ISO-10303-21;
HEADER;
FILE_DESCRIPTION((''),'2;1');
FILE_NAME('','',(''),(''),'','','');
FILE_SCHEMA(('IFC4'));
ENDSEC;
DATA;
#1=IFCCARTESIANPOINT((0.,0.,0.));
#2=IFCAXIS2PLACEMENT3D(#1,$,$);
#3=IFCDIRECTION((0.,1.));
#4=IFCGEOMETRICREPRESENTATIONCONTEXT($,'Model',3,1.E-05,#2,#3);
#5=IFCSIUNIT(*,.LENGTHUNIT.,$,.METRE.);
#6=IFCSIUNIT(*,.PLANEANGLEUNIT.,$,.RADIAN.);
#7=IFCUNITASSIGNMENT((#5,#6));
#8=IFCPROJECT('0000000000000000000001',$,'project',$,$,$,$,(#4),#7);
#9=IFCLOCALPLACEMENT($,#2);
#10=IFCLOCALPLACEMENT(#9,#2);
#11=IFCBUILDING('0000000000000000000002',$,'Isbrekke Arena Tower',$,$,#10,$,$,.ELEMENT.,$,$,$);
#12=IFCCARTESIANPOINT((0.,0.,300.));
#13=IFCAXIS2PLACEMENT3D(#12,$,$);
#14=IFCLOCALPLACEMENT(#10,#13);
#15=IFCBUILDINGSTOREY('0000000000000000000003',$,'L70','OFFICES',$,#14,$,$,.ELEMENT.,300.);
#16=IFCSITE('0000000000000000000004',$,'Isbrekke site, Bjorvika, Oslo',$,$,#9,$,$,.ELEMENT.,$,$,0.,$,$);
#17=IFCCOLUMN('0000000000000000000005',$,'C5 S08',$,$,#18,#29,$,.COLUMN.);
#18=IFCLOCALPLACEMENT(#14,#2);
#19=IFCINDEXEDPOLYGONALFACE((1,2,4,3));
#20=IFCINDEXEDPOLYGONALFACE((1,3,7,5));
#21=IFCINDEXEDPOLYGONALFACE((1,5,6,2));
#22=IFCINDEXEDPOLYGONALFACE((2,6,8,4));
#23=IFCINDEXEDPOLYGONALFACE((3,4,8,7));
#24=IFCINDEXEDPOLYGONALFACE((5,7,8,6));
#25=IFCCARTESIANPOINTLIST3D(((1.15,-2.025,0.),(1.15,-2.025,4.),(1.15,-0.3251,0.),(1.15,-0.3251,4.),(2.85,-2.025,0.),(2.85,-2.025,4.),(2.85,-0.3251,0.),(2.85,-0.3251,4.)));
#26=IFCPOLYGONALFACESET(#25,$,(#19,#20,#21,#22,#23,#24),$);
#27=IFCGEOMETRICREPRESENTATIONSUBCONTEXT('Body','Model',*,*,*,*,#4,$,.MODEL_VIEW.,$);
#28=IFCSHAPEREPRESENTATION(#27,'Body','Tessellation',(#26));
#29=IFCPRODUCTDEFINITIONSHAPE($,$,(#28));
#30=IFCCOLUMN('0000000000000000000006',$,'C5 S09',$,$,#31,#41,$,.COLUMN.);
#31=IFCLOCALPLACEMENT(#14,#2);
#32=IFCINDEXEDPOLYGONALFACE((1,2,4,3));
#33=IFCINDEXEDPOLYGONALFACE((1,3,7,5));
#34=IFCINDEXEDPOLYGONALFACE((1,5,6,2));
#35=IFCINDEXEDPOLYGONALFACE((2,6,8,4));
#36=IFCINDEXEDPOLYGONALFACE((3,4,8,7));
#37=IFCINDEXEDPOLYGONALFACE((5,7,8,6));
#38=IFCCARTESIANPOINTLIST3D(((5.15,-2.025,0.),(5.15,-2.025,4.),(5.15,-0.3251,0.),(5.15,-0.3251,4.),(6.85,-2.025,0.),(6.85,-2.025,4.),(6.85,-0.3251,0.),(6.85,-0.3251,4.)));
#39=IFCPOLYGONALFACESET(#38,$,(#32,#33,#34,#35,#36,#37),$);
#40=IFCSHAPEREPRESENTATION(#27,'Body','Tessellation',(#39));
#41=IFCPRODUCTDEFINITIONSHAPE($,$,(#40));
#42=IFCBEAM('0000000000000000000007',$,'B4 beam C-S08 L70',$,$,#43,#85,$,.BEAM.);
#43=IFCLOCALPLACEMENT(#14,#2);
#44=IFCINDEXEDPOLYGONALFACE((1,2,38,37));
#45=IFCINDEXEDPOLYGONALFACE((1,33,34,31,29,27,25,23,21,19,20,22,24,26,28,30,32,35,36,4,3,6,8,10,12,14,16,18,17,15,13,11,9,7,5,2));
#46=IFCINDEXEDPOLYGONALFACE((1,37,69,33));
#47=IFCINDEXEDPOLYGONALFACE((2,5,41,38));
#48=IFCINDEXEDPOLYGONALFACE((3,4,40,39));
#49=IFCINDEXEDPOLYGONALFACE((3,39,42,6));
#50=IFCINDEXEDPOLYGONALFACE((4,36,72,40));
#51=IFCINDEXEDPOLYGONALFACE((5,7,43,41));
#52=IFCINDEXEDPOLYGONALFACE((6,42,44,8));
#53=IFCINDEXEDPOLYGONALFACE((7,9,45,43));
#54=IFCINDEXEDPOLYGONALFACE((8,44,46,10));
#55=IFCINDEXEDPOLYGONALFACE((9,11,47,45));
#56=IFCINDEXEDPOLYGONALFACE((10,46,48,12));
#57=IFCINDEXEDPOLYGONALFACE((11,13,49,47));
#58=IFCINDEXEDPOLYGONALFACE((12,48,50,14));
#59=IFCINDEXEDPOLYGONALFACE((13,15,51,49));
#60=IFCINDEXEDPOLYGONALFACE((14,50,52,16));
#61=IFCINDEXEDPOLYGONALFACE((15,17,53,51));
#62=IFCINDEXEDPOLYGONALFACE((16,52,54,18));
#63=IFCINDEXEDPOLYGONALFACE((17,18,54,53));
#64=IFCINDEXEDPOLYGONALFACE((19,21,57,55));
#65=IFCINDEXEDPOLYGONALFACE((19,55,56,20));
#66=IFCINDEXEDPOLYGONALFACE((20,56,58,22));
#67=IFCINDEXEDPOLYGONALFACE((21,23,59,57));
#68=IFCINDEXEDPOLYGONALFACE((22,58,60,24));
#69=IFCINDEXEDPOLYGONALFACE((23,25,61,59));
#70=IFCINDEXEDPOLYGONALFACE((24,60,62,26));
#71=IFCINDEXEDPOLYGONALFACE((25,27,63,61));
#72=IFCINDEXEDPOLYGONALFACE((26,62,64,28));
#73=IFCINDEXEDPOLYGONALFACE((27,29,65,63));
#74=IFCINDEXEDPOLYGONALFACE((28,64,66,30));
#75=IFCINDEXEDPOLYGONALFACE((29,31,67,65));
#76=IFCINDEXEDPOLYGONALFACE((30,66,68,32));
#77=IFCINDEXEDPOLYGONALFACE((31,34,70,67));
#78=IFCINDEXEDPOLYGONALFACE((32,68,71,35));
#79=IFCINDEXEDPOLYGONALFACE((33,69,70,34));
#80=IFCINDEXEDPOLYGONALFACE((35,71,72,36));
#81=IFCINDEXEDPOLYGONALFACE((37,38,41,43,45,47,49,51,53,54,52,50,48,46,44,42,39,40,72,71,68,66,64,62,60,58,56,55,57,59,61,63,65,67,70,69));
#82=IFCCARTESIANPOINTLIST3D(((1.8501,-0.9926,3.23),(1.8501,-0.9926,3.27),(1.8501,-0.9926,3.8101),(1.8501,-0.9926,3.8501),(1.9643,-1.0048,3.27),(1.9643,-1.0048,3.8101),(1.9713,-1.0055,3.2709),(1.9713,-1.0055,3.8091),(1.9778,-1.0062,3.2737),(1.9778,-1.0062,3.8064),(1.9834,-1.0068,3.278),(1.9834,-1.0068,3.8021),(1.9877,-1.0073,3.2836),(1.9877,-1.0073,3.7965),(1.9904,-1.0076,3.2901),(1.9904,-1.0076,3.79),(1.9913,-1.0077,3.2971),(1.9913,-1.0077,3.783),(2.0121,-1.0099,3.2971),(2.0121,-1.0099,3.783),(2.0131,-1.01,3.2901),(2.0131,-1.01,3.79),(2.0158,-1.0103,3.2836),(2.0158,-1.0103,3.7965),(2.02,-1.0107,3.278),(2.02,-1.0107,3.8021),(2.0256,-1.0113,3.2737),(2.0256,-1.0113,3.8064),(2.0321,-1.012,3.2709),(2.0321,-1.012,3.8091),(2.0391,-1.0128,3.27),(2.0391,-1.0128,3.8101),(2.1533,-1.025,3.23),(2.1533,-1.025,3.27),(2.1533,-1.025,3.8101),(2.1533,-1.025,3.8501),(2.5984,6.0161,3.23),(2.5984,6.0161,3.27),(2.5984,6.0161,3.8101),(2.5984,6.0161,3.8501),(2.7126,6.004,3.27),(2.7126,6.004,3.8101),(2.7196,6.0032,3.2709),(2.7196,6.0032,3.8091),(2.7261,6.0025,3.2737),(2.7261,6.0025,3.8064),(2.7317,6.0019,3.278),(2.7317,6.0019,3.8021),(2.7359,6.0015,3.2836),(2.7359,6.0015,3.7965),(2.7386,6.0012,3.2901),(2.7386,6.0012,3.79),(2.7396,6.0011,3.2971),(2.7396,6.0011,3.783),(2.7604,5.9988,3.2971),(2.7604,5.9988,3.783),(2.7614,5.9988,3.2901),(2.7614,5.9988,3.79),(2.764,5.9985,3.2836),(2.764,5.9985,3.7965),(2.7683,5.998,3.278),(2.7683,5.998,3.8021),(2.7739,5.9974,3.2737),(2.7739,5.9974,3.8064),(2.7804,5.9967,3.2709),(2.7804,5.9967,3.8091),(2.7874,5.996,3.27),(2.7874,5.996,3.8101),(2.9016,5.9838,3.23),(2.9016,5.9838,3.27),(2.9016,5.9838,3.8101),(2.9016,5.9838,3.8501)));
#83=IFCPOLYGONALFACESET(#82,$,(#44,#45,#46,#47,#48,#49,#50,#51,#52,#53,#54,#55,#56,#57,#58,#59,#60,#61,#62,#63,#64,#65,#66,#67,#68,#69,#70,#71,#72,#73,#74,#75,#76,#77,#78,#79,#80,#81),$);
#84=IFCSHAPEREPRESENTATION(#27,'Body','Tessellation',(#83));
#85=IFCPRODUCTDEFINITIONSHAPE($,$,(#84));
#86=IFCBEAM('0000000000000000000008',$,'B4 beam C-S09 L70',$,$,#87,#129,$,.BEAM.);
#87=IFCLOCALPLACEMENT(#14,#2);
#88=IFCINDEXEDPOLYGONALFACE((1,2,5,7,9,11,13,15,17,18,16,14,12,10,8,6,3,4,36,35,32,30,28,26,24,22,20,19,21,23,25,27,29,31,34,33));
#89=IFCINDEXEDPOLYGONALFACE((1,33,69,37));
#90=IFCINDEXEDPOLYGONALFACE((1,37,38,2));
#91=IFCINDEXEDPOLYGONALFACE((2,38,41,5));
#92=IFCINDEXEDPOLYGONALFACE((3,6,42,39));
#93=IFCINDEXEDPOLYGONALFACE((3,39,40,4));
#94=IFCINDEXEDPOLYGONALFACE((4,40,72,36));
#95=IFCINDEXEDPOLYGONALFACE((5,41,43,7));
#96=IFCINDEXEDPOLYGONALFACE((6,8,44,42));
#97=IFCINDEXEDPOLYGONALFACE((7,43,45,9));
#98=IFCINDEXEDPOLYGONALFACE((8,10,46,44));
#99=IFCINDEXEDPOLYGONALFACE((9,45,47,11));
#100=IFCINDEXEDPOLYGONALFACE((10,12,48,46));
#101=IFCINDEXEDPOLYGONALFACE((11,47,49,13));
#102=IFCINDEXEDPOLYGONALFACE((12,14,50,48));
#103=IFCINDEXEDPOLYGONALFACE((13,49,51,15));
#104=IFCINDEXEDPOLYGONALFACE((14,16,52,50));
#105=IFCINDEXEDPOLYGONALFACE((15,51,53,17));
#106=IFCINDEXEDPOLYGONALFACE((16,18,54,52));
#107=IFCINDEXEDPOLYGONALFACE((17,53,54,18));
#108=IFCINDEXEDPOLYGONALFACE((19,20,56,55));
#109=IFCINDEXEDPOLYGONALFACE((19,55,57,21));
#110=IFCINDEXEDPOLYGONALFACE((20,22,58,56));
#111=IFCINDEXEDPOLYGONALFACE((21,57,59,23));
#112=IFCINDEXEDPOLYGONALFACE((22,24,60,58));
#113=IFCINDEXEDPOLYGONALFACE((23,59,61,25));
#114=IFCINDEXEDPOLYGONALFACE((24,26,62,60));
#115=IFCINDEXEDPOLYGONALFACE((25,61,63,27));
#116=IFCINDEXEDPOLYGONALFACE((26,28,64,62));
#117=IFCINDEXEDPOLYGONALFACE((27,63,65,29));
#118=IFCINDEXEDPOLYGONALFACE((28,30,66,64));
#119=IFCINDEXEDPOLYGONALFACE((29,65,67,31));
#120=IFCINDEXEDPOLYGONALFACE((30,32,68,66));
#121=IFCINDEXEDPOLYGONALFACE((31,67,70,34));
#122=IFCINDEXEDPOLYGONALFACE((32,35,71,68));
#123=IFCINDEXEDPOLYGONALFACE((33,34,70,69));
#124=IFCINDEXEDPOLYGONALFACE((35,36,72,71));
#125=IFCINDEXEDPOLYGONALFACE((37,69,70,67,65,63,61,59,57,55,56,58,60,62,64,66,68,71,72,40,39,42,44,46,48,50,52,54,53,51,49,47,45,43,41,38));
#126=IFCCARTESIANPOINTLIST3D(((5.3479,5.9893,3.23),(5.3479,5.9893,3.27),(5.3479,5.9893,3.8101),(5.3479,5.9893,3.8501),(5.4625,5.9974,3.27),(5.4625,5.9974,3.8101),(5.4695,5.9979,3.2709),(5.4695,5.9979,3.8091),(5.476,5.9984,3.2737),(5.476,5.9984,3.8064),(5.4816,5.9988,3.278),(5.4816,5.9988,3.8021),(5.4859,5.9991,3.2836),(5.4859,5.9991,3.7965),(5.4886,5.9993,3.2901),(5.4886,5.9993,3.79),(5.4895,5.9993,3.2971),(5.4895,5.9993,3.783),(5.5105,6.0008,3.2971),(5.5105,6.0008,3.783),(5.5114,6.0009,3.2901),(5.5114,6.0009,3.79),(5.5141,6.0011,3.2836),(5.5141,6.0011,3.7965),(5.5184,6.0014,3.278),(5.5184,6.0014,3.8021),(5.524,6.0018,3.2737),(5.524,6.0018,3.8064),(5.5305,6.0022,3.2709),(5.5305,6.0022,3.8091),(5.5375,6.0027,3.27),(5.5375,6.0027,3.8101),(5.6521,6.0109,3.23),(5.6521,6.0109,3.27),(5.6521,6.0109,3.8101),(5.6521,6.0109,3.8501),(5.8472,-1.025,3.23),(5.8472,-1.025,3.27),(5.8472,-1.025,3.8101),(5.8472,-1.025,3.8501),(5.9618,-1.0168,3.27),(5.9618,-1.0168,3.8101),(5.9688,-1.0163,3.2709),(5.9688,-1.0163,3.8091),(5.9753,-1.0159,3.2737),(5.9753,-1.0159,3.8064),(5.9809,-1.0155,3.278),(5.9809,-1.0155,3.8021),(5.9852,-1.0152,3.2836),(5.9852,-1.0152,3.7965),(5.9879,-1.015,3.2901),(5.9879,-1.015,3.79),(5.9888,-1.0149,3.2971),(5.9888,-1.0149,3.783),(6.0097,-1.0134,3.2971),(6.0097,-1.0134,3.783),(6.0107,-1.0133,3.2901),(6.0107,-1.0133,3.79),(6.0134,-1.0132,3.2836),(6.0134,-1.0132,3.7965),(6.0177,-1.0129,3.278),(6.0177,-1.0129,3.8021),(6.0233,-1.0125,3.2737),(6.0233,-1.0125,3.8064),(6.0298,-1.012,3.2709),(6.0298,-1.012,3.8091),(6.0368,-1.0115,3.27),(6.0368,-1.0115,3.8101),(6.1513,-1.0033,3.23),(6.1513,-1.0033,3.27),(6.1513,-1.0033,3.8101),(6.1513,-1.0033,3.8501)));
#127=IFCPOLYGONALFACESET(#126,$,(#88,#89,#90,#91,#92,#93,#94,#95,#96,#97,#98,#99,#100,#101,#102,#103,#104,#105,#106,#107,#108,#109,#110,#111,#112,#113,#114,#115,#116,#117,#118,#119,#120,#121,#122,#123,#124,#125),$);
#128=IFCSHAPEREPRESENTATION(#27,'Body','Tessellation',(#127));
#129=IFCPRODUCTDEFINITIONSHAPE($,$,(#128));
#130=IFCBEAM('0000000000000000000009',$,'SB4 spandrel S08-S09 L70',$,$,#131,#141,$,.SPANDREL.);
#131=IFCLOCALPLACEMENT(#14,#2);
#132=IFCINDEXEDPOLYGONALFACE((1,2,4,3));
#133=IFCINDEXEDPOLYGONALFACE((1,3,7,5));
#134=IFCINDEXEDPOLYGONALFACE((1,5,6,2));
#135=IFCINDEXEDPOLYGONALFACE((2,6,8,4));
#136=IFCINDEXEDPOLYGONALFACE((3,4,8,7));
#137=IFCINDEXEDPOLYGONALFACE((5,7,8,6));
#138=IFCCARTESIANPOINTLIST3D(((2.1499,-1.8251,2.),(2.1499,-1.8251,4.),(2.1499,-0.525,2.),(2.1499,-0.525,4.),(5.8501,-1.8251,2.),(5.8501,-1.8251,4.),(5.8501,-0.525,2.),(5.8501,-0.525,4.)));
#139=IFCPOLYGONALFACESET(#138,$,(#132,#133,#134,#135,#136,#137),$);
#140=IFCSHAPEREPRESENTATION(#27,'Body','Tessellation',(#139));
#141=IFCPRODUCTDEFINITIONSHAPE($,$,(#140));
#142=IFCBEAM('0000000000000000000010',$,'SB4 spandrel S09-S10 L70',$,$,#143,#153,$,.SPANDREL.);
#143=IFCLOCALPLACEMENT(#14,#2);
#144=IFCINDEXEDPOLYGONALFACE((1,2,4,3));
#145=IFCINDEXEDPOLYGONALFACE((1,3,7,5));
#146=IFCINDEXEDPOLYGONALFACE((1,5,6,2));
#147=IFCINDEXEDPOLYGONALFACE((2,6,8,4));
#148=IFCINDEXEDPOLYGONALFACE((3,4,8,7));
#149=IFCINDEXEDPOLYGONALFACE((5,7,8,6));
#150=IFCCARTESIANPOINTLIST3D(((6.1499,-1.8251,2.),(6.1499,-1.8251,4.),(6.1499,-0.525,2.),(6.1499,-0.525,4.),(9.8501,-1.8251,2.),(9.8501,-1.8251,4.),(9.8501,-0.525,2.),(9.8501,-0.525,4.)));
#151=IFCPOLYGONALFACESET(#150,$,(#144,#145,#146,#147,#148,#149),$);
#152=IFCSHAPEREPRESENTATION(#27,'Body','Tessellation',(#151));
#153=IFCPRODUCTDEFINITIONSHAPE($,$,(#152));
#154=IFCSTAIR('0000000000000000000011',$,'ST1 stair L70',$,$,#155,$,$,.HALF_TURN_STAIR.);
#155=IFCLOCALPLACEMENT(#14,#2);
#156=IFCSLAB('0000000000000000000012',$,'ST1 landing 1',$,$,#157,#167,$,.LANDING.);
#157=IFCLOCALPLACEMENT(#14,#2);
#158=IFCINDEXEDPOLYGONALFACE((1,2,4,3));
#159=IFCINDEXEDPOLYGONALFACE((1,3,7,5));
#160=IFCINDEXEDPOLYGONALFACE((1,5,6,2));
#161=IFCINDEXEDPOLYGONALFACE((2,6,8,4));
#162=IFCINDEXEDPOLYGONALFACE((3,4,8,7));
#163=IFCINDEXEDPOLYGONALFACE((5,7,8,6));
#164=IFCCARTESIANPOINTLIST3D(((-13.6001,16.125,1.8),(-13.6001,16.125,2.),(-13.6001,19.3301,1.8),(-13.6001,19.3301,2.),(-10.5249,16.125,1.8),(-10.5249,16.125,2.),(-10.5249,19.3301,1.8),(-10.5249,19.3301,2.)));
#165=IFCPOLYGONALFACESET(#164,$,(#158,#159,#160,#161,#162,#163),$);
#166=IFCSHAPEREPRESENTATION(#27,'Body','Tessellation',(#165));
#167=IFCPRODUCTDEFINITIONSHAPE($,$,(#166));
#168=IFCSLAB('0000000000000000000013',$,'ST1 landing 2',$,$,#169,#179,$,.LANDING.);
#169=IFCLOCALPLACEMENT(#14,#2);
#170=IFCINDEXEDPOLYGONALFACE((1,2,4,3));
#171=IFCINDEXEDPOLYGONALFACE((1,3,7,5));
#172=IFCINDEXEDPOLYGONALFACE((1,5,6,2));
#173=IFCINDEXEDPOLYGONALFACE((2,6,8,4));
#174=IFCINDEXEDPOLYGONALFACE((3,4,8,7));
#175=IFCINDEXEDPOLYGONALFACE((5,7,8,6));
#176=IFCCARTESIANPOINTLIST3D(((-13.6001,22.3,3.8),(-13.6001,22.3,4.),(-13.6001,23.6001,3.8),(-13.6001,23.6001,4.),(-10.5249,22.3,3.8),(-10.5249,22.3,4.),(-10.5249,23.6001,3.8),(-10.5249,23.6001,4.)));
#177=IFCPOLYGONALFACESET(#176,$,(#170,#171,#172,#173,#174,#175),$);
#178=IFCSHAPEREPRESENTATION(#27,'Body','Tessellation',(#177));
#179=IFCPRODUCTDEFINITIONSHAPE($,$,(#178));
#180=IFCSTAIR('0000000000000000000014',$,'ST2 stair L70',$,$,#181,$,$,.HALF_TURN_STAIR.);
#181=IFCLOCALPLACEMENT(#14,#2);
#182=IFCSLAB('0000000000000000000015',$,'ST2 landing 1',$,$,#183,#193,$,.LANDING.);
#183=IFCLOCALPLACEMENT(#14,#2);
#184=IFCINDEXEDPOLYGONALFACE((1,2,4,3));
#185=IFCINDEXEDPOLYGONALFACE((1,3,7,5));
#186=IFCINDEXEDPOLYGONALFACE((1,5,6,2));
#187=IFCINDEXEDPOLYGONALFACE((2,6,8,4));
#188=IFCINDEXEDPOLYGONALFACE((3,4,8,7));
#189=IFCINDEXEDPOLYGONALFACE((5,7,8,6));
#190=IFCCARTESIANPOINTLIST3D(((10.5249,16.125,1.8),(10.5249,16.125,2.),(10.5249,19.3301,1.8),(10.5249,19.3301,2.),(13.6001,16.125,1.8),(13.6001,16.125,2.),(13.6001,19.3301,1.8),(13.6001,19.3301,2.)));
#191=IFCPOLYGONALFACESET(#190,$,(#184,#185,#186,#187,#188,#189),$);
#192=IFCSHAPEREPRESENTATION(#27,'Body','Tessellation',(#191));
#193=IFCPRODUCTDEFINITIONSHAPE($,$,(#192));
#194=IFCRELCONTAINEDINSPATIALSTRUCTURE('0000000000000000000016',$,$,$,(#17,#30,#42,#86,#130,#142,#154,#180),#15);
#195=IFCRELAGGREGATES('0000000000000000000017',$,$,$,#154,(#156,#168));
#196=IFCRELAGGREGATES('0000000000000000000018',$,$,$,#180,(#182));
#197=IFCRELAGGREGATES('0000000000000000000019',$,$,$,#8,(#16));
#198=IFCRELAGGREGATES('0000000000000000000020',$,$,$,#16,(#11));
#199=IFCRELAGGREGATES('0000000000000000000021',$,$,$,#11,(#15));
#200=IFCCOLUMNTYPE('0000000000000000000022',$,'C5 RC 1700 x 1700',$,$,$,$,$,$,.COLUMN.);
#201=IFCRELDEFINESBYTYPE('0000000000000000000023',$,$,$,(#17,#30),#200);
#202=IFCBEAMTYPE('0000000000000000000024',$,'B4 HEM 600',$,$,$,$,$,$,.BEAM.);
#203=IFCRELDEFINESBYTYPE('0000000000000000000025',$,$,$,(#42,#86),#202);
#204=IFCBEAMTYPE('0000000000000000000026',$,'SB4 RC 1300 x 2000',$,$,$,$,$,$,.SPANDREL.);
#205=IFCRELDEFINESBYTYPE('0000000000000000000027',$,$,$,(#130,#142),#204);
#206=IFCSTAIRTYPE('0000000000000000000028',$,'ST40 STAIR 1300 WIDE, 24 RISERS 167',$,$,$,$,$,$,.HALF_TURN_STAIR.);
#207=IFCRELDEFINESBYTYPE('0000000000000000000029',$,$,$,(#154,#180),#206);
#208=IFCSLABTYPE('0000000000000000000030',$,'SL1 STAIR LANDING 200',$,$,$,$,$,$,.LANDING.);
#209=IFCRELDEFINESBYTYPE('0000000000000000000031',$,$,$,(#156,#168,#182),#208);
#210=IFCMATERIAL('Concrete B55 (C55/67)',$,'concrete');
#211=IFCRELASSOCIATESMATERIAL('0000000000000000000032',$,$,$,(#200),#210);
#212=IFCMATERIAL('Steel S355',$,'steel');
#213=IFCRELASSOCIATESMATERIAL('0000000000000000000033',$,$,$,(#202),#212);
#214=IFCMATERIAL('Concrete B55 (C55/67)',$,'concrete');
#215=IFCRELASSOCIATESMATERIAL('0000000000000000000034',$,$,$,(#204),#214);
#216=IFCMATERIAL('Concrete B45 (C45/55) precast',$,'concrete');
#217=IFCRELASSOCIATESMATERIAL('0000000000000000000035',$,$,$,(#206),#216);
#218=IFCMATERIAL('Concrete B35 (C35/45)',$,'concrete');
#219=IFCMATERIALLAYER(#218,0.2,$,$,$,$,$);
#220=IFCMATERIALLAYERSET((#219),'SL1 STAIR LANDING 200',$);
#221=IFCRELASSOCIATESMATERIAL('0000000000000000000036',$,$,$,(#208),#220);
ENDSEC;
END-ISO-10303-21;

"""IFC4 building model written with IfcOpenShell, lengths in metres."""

from ifc_helpers import new_model, si_unit, direction, frame, origin, origin_2d, place, context, subcontext, project, spatial, polyline, rectangle, i_section, outline, extrude, material, layer, layer_set, material_profile, profile_set, type_object, element, aggregate, save


model = new_model("IFC4")

# Units and contexts
model_context = context("Model", 3, precision=1e-05, world=origin(), true_north=direction((0.0, 1.0)))
body_context = subcontext(model_context, "Body", "Model", "MODEL_VIEW")
ifc_project = project(units=[si_unit("LENGTHUNIT", "METRE"), si_unit("PLANEANGLEUNIT", "RADIAN")], contexts=[model_context])

# Site, building, storey
site_placement = place(None, origin())
site = spatial("IfcSite", under=ifc_project, at=site_placement, Name="Isbrekke site, Bjorvika, Oslo", CompositionType="ELEMENT", RefElevation=0.0)
building_placement = place(site_placement, origin())
building = spatial("IfcBuilding", under=site, at=building_placement, Name="Isbrekke Arena Tower", CompositionType="ELEMENT")
storey_placement = place(building_placement, frame((0.0, 0.0, 300.0)))
storey = spatial("IfcBuildingStorey", under=building, at=storey_placement, Name="L70", Description="OFFICES", CompositionType="ELEMENT", Elevation=300.0)

# Columns
ifc_material_1 = material(Name="Concrete B55 (C55/67)", Category="concrete")
ifc_material_profile_1 = material_profile(ifc_material_1, rectangle(XDim=1.7, YDim=1.7, at=origin_2d()), Name="RC 1700x1700")
ifc_profile_set_1 = profile_set([ifc_material_profile_1], Name="Concrete B55 (C55/67)")
column_type = type_object("IfcColumnType", Name="C5 RC 1700 x 1700", PredefinedType="COLUMN", material=ifc_profile_set_1)
for number, where, z_axis, x_axis, name in (
    (1, (2.0, -1.175, 0.0), (0.0, 0.0, 1.0), (1.0, 0.0, 0.0), "C5 S08"),
    (2, (6.0, -1.175, 0.0), (0.0, 0.0, 1.0), (1.0, 0.0, 0.0), "C5 S09"),
):
    element("IfcColumn", number, at=place(storey_placement, frame(where, z_axis=z_axis, x_axis=x_axis)), inside=storey, type_object=column_type, Name=name, PredefinedType="COLUMN", context=body_context, shape_type="SweptSolid", body=[
        extrude(rectangle(XDim=1.7, YDim=1.7, at=origin_2d()), origin(), (0.0, 0.0, 1.0), 4.0),
    ])

# Beams
ifc_material_2 = material(Name="Steel S355", Category="steel")
ifc_material_profile_2 = material_profile(ifc_material_2, i_section(OverallWidth=0.3049, OverallDepth=0.6201, WebThickness=0.021, FlangeThickness=0.04, FilletRadius=0.0271, at=origin_2d()), Name="HEM 600")
ifc_profile_set_2 = profile_set([ifc_material_profile_2], Name="Steel S355")
beam_type_1 = type_object("IfcBeamType", Name="B4 HEM 600", PredefinedType="BEAM", material=ifc_profile_set_2)
beam_1_placement = place(storey_placement, frame((2.0017, -1.0088, 3.54), z_axis=(0.106161, 0.994349, 0.0), x_axis=(-0.994349, 0.106161, 0.0)))
element("IfcBeam", 3, at=beam_1_placement, inside=storey, type_object=beam_type_1, Name="B4 beam C-S08 L70", PredefinedType="BEAM", context=body_context, shape_type="SweptSolid", body=[
    extrude(i_section(OverallWidth=0.3049, OverallDepth=0.6201, WebThickness=0.021, FlangeThickness=0.04, FilletRadius=0.0271, at=origin_2d()), origin(), (0.0, 0.0, 1.0), 7.0486),
])
beam_2_placement = place(storey_placement, frame((5.9993, -1.0142, 3.54), z_axis=(-0.071, 0.997476, 0.0), x_axis=(-0.997476, -0.071, 0.0)))
element("IfcBeam", 4, at=beam_2_placement, inside=storey, type_object=beam_type_1, Name="B4 beam C-S09 L70", PredefinedType="BEAM", context=body_context, shape_type="SweptSolid", body=[
    extrude(i_section(OverallWidth=0.3049, OverallDepth=0.6201, WebThickness=0.021, FlangeThickness=0.04, FilletRadius=0.0271, at=origin_2d()), origin(), (0.0, 0.0, 1.0), 7.032),
])
ifc_material_3 = material(Name="Concrete B55 (C55/67)", Category="concrete")
ifc_material_profile_3 = material_profile(ifc_material_3, rectangle(XDim=1.3, YDim=2.0, at=origin_2d()), Name="RC 1300x2000")
ifc_profile_set_3 = profile_set([ifc_material_profile_3], Name="Concrete B55 (C55/67)")
beam_type_2 = type_object("IfcBeamType", Name="SB4 RC 1300 x 2000", PredefinedType="SPANDREL", material=ifc_profile_set_3)
for number, where, z_axis, x_axis, name in (
    (5, (2.1499, -1.175, 3.0), (1.0, 0.0, 0.0), (0.0, 1.0, 0.0), "SB4 spandrel S08-S09 L70"),
    (6, (6.1499, -1.175, 3.0), (1.0, 0.0, 0.0), (0.0, 1.0, 0.0), "SB4 spandrel S09-S10 L70"),
):
    element("IfcBeam", number, at=place(storey_placement, frame(where, z_axis=z_axis, x_axis=x_axis)), inside=storey, type_object=beam_type_2, Name=name, PredefinedType="SPANDREL", context=body_context, shape_type="SweptSolid", body=[
        extrude(rectangle(XDim=1.3, YDim=2.0, at=origin_2d()), origin(), (0.0, 0.0, 1.0), 3.7002),
    ])

# Stairs, slabs
ifc_material_4 = material(Name="Concrete B45 (C45/55) precast", Category="concrete")
stair_type = type_object("IfcStairType", Name="ST40 STAIR 1300 WIDE, 24 RISERS 167", PredefinedType="HALF_TURN_STAIR", material=ifc_material_4)
stair_1_placement = place(storey_placement, origin())
stair_1 = element("IfcStair", 7, at=stair_1_placement, inside=storey, type_object=stair_type, Name="ST1 stair L70", PredefinedType="HALF_TURN_STAIR")
ifc_material_5 = material(Name="Concrete B35 (C35/45)", Category="concrete")
ifc_layer_1 = layer(ifc_material_5, 0.2)
ifc_layer_set_1 = layer_set([ifc_layer_1], Name="SL1 STAIR LANDING 200")
slab_type = type_object("IfcSlabType", Name="SL1 STAIR LANDING 200", PredefinedType="LANDING", material=ifc_layer_set_1)
slab_1_placement = place(storey_placement, frame((0.0, 0.0, 1.8)))
slab_1 = element("IfcSlab", 8, at=slab_1_placement, type_object=slab_type, Name="ST1 landing 1", PredefinedType="LANDING", context=body_context, shape_type="SweptSolid", body=[
    extrude(outline(polyline([(-13.6001, 16.125), (-10.5249, 16.125), (-10.5249, 19.3301), (-13.6001, 19.3301), (-13.6001, 16.125)])), origin(), (0.0, 0.0, 1.0), 0.2),
])
slab_2_placement = place(storey_placement, frame((0.0, 0.0, 3.8)))
slab_2 = element("IfcSlab", 9, at=slab_2_placement, type_object=slab_type, Name="ST1 landing 2", PredefinedType="LANDING", context=body_context, shape_type="SweptSolid", body=[
    extrude(outline(polyline([(-13.6001, 22.3), (-10.5249, 22.3), (-10.5249, 23.6001), (-13.6001, 23.6001), (-13.6001, 22.3)])), origin(), (0.0, 0.0, 1.0), 0.2),
])
aggregate(stair_1, [slab_1, slab_2])
stair_2_placement = place(storey_placement, origin())
stair_2 = element("IfcStair", 10, at=stair_2_placement, inside=storey, type_object=stair_type, Name="ST2 stair L70", PredefinedType="HALF_TURN_STAIR")
slab_3_placement = place(storey_placement, frame((0.0, 0.0, 1.8)))
slab_3 = element("IfcSlab", 11, at=slab_3_placement, type_object=slab_type, Name="ST2 landing 1", PredefinedType="LANDING", context=body_context, shape_type="SweptSolid", body=[
    extrude(outline(polyline([(10.5249, 16.125), (13.6001, 16.125), (13.6001, 19.3301), (10.5249, 19.3301), (10.5249, 16.125)])), origin(), (0.0, 0.0, 1.0), 0.2),
])
aggregate(stair_2, [slab_3])

save(model, "model.ifc")
